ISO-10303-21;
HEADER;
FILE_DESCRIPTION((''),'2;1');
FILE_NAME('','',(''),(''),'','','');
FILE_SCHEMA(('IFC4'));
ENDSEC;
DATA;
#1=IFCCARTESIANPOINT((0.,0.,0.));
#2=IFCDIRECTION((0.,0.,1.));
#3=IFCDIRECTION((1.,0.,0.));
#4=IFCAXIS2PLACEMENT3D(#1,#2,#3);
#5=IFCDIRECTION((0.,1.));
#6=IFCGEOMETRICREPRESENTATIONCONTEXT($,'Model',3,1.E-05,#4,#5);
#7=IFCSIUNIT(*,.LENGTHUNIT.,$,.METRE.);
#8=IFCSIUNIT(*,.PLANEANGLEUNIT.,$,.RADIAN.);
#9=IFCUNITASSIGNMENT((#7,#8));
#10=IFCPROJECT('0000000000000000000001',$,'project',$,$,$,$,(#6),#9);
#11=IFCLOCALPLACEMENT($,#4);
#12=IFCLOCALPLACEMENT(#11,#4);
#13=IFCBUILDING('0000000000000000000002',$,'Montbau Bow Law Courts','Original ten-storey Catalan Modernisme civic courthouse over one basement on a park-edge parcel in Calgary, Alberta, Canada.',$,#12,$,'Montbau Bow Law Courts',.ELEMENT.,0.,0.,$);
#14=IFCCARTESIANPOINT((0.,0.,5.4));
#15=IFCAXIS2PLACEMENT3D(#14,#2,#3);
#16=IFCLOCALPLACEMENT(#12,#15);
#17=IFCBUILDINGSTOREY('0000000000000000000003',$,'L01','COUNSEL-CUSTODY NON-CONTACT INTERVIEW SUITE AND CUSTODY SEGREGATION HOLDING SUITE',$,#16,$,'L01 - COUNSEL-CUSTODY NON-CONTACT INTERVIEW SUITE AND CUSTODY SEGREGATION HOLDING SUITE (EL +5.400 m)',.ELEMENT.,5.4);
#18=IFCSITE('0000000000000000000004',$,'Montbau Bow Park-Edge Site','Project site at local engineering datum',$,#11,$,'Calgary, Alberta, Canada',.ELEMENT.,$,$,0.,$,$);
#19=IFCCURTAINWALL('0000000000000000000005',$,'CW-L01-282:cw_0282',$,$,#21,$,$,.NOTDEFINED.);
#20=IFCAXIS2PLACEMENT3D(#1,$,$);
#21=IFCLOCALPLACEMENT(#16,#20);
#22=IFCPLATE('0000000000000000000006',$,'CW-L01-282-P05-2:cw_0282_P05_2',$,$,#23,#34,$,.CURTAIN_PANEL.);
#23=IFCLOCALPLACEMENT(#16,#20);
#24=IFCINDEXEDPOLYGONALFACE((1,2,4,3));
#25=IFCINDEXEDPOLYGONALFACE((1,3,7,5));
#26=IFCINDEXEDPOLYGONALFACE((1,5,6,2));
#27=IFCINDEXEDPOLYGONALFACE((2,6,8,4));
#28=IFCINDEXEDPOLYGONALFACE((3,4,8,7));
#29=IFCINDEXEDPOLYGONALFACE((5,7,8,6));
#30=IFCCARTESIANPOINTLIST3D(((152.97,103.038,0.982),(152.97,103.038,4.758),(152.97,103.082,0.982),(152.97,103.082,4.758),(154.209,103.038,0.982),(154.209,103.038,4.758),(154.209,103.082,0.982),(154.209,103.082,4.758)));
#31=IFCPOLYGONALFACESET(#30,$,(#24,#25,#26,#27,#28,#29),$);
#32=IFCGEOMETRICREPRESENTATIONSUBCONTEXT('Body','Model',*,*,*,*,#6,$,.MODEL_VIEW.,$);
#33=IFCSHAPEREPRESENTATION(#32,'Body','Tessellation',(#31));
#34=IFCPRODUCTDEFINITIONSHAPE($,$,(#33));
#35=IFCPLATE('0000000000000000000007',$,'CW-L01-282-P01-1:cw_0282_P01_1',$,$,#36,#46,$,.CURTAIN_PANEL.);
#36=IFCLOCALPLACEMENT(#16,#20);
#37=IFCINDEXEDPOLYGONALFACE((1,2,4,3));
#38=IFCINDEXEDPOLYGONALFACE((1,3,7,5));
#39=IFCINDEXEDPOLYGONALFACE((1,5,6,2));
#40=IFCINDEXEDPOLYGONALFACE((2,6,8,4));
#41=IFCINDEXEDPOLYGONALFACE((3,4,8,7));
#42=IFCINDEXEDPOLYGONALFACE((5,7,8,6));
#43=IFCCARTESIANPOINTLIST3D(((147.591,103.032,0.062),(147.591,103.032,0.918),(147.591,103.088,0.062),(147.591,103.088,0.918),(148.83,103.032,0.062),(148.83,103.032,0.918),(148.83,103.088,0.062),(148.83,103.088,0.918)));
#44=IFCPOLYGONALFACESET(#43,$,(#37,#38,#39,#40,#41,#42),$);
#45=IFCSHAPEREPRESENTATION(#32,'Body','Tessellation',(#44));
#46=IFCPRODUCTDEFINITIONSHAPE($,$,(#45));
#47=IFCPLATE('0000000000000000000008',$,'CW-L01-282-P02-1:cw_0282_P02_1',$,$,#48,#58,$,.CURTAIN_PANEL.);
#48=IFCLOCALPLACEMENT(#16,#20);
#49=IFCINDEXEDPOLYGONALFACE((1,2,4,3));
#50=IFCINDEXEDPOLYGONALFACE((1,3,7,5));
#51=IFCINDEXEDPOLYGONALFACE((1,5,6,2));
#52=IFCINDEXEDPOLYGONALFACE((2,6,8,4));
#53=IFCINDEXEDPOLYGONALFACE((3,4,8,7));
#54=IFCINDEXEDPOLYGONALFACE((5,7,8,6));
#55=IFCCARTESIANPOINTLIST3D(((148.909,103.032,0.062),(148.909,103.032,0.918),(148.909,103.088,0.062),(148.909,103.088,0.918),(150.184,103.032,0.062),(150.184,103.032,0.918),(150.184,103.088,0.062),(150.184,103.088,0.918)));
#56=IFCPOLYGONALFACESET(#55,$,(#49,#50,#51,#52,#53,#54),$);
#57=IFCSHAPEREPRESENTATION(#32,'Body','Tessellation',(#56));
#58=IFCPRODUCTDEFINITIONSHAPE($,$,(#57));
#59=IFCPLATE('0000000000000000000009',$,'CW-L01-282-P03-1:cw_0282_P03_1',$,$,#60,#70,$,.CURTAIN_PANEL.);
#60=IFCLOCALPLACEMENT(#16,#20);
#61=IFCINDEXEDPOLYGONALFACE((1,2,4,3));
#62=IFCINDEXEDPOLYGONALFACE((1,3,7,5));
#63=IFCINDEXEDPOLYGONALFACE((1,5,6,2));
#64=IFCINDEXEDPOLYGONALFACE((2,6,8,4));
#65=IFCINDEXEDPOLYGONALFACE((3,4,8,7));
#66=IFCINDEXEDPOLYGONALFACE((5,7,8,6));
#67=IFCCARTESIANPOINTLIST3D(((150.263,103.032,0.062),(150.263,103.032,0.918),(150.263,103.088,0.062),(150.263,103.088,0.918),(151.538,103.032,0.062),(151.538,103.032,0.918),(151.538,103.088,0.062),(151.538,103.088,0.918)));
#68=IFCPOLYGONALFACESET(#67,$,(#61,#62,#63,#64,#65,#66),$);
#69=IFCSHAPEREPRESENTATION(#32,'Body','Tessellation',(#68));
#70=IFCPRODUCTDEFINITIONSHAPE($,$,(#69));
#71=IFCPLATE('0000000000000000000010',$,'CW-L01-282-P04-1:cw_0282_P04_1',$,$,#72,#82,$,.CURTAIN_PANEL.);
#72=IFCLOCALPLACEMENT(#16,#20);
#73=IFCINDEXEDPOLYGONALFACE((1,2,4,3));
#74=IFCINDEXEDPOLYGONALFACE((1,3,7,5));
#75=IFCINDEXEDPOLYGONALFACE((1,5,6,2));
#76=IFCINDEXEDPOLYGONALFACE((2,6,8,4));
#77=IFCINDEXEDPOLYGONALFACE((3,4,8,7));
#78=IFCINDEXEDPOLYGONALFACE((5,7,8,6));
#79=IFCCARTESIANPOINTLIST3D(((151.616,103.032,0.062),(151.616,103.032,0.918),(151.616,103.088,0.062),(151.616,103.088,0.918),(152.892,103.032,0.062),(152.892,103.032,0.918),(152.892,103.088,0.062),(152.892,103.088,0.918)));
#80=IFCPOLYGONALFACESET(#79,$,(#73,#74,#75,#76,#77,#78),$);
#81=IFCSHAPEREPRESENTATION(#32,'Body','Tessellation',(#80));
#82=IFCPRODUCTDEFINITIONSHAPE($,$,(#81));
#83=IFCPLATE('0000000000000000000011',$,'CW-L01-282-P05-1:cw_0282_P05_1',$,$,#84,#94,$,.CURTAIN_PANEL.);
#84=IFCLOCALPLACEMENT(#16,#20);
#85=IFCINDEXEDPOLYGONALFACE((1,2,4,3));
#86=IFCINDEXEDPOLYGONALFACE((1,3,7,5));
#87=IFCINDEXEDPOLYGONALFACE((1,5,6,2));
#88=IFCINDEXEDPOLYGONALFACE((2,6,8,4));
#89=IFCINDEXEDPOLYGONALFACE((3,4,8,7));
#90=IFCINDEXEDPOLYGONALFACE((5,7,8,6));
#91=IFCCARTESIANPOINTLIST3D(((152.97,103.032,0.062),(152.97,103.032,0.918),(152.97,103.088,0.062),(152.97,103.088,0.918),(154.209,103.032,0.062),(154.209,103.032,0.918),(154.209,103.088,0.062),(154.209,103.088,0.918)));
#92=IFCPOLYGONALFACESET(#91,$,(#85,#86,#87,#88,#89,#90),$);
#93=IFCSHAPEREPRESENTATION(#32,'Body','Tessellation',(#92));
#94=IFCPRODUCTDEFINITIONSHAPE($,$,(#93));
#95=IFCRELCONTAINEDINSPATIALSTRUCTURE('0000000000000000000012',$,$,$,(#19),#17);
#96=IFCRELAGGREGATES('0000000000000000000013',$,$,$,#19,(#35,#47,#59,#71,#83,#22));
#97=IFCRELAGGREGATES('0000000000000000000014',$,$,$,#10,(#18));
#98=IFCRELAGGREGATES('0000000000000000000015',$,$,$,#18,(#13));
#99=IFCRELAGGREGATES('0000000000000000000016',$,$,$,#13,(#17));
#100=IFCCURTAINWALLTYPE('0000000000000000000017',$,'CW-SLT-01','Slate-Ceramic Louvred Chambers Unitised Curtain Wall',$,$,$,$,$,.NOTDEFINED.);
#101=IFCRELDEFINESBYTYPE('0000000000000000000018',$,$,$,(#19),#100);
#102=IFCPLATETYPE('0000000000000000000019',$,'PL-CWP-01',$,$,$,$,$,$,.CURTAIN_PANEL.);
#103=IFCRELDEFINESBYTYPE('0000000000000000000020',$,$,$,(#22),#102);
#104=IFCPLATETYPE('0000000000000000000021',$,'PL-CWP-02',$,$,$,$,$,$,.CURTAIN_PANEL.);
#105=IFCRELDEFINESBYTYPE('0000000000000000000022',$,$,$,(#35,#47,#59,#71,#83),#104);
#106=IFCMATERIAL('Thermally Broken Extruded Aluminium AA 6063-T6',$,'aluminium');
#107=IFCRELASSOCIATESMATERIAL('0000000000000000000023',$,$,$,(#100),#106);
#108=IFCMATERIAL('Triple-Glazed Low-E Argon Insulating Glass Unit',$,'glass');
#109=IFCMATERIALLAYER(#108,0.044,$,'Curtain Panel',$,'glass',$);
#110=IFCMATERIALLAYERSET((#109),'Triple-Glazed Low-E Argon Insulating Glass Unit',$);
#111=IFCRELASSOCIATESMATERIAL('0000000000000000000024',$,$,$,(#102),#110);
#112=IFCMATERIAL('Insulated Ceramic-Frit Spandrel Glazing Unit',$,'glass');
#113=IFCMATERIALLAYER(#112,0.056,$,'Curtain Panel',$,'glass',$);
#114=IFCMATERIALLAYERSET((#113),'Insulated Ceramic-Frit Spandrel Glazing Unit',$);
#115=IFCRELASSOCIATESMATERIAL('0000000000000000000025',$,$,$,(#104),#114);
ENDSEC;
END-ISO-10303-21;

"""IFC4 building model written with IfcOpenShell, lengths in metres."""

from ifc_helpers import new_model, si_unit, direction, frame, frame_2d, origin_with_axes, place, context, subcontext, project, spatial, rectangle, extrude, material, layer, layer_set, type_object, element, aggregate, save


model = new_model("IFC4")

# Units and contexts
model_context = context("Model", 3, precision=1e-05, world=origin_with_axes(), true_north=direction((0.0, 1.0)))
body_context = subcontext(model_context, "Body", "Model", "MODEL_VIEW")
ifc_project = project(units=[si_unit("LENGTHUNIT", "METRE"), si_unit("PLANEANGLEUNIT", "RADIAN")], contexts=[model_context])

# Site, building, storey
site_placement = place(None, origin_with_axes())
site = spatial("IfcSite", under=ifc_project, at=site_placement, Name="Montbau Bow Park-Edge Site", Description="Project site at local engineering datum", LongName="Calgary, Alberta, Canada", CompositionType="ELEMENT", RefElevation=0.0)
building_placement = place(site_placement, origin_with_axes())
building = spatial("IfcBuilding", under=site, at=building_placement, Name="Montbau Bow Law Courts", Description="Original ten-storey Catalan Modernisme civic courthouse over one basement on a park-edge parcel in Calgary, Alberta, Canada.", LongName="Montbau Bow Law Courts", CompositionType="ELEMENT", ElevationOfRefHeight=0.0, ElevationOfTerrain=0.0)
storey_placement = place(building_placement, frame((0.0, 0.0, 5.4), z_axis=(0.0, 0.0, 1.0), x_axis=(1.0, 0.0, 0.0)))
storey = spatial("IfcBuildingStorey", under=building, at=storey_placement, Name="L01", Description="COUNSEL-CUSTODY NON-CONTACT INTERVIEW SUITE AND CUSTODY SEGREGATION HOLDING SUITE", LongName="L01 - COUNSEL-CUSTODY NON-CONTACT INTERVIEW SUITE AND CUSTODY SEGREGATION HOLDING SUITE (EL +5.400 m)", CompositionType="ELEMENT", Elevation=5.4)

# Curtain wall, plates
ifc_material_1 = material(Name="Thermally Broken Extruded Aluminium AA 6063-T6", Category="aluminium")
curtain_wall_type = type_object("IfcCurtainWallType", Name="CW-SLT-01", Description="Slate-Ceramic Louvred Chambers Unitised Curtain Wall", PredefinedType="NOTDEFINED", material=ifc_material_1)
curtain_wall_placement = place(None, frame((147.515, 103.06, 5.4), z_axis=(0.0, 0.0, 1.0), x_axis=(1.0, 0.0, 0.0)))
curtain_wall = element("IfcCurtainWall", 1, at=curtain_wall_placement, inside=storey, type_object=curtain_wall_type, Name="CW-L01-282:cw_0282", PredefinedType="NOTDEFINED")
ifc_material_2 = material(Name="Triple-Glazed Low-E Argon Insulating Glass Unit", Category="glass")
ifc_layer_1 = layer(ifc_material_2, 0.044, Name="Curtain Panel", Category="glass")
ifc_layer_set_1 = layer_set([ifc_layer_1], Name="Triple-Glazed Low-E Argon Insulating Glass Unit")
plate_type_1 = type_object("IfcPlateType", Name="PL-CWP-01", PredefinedType="CURTAIN_PANEL", material=ifc_layer_set_1)
plate_1_placement = place(None, frame((152.97, 103.06, 6.382), z_axis=(0.0, -1.0, 0.0), x_axis=(1.0, 0.0, 0.0)))
plate_1 = element("IfcPlate", 2, at=plate_1_placement, type_object=plate_type_1, Name="CW-L01-282-P05-2:cw_0282_P05_2", PredefinedType="CURTAIN_PANEL", context=body_context, shape_type="SweptSolid", body=[
    extrude(rectangle(XDim=1.239, YDim=3.776, at=frame_2d((0.6195, 1.888), x_axis=(1.0, 0.0))), frame((0.0, 0.0, -0.022), z_axis=(0.0, 0.0, 1.0), x_axis=(1.0, 0.0, 0.0)), (0.0, 0.0, 1.0), 0.044),
])
ifc_material_3 = material(Name="Insulated Ceramic-Frit Spandrel Glazing Unit", Category="glass")
ifc_layer_2 = layer(ifc_material_3, 0.056, Name="Curtain Panel", Category="glass")
ifc_layer_set_2 = layer_set([ifc_layer_2], Name="Insulated Ceramic-Frit Spandrel Glazing Unit")
plate_type_2 = type_object("IfcPlateType", Name="PL-CWP-02", PredefinedType="CURTAIN_PANEL", material=ifc_layer_set_2)
plate_2_placement = place(None, frame((147.591, 103.06, 5.462), z_axis=(0.0, -1.0, 0.0), x_axis=(1.0, 0.0, 0.0)))
plate_2 = element("IfcPlate", 3, at=plate_2_placement, type_object=plate_type_2, Name="CW-L01-282-P01-1:cw_0282_P01_1", PredefinedType="CURTAIN_PANEL", context=body_context, shape_type="SweptSolid", body=[
    extrude(rectangle(XDim=1.239, YDim=0.856, at=frame_2d((0.6195, 0.428), x_axis=(1.0, 0.0))), frame((0.0, 0.0, -0.028), z_axis=(0.0, 0.0, 1.0), x_axis=(1.0, 0.0, 0.0)), (0.0, 0.0, 1.0), 0.056),
])
plate_3_placement = place(None, frame((148.909, 103.06, 5.462), z_axis=(0.0, -1.0, 0.0), x_axis=(1.0, 0.0, 0.0)))
plate_3 = element("IfcPlate", 4, at=plate_3_placement, type_object=plate_type_2, Name="CW-L01-282-P02-1:cw_0282_P02_1", PredefinedType="CURTAIN_PANEL", context=body_context, shape_type="SweptSolid", body=[
    extrude(rectangle(XDim=1.275, YDim=0.856, at=frame_2d((0.6375, 0.428), x_axis=(1.0, 0.0))), frame((0.0, 0.0, -0.028), z_axis=(0.0, 0.0, 1.0), x_axis=(1.0, 0.0, 0.0)), (0.0, 0.0, 1.0), 0.056),
])
plate_4_placement = place(None, frame((150.263, 103.06, 5.462), z_axis=(0.0, -1.0, 0.0), x_axis=(1.0, 0.0, 0.0)))
plate_4 = element("IfcPlate", 5, at=plate_4_placement, type_object=plate_type_2, Name="CW-L01-282-P03-1:cw_0282_P03_1", PredefinedType="CURTAIN_PANEL", context=body_context, shape_type="SweptSolid", body=[
    extrude(rectangle(XDim=1.275, YDim=0.856, at=frame_2d((0.6375, 0.428), x_axis=(1.0, 0.0))), frame((0.0, 0.0, -0.028), z_axis=(0.0, 0.0, 1.0), x_axis=(1.0, 0.0, 0.0)), (0.0, 0.0, 1.0), 0.056),
])
plate_5_placement = place(None, frame((151.616, 103.06, 5.462), z_axis=(0.0, -1.0, 0.0), x_axis=(1.0, 0.0, 0.0)))
plate_5 = element("IfcPlate", 6, at=plate_5_placement, type_object=plate_type_2, Name="CW-L01-282-P04-1:cw_0282_P04_1", PredefinedType="CURTAIN_PANEL", context=body_context, shape_type="SweptSolid", body=[
    extrude(rectangle(XDim=1.276, YDim=0.856, at=frame_2d((0.638, 0.428), x_axis=(1.0, 0.0))), frame((0.0, 0.0, -0.028), z_axis=(0.0, 0.0, 1.0), x_axis=(1.0, 0.0, 0.0)), (0.0, 0.0, 1.0), 0.056),
])
plate_6_placement = place(None, frame((152.97, 103.06, 5.462), z_axis=(0.0, -1.0, 0.0), x_axis=(1.0, 0.0, 0.0)))
plate_6 = element("IfcPlate", 7, at=plate_6_placement, type_object=plate_type_2, Name="CW-L01-282-P05-1:cw_0282_P05_1", PredefinedType="CURTAIN_PANEL", context=body_context, shape_type="SweptSolid", body=[
    extrude(rectangle(XDim=1.239, YDim=0.856, at=frame_2d((0.6195, 0.428), x_axis=(1.0, 0.0))), frame((0.0, 0.0, -0.028), z_axis=(0.0, 0.0, 1.0), x_axis=(1.0, 0.0, 0.0)), (0.0, 0.0, 1.0), 0.056),
])
aggregate(curtain_wall, [plate_2, plate_3, plate_4, plate_5, plate_6, plate_1])

save(model, "model.ifc")
